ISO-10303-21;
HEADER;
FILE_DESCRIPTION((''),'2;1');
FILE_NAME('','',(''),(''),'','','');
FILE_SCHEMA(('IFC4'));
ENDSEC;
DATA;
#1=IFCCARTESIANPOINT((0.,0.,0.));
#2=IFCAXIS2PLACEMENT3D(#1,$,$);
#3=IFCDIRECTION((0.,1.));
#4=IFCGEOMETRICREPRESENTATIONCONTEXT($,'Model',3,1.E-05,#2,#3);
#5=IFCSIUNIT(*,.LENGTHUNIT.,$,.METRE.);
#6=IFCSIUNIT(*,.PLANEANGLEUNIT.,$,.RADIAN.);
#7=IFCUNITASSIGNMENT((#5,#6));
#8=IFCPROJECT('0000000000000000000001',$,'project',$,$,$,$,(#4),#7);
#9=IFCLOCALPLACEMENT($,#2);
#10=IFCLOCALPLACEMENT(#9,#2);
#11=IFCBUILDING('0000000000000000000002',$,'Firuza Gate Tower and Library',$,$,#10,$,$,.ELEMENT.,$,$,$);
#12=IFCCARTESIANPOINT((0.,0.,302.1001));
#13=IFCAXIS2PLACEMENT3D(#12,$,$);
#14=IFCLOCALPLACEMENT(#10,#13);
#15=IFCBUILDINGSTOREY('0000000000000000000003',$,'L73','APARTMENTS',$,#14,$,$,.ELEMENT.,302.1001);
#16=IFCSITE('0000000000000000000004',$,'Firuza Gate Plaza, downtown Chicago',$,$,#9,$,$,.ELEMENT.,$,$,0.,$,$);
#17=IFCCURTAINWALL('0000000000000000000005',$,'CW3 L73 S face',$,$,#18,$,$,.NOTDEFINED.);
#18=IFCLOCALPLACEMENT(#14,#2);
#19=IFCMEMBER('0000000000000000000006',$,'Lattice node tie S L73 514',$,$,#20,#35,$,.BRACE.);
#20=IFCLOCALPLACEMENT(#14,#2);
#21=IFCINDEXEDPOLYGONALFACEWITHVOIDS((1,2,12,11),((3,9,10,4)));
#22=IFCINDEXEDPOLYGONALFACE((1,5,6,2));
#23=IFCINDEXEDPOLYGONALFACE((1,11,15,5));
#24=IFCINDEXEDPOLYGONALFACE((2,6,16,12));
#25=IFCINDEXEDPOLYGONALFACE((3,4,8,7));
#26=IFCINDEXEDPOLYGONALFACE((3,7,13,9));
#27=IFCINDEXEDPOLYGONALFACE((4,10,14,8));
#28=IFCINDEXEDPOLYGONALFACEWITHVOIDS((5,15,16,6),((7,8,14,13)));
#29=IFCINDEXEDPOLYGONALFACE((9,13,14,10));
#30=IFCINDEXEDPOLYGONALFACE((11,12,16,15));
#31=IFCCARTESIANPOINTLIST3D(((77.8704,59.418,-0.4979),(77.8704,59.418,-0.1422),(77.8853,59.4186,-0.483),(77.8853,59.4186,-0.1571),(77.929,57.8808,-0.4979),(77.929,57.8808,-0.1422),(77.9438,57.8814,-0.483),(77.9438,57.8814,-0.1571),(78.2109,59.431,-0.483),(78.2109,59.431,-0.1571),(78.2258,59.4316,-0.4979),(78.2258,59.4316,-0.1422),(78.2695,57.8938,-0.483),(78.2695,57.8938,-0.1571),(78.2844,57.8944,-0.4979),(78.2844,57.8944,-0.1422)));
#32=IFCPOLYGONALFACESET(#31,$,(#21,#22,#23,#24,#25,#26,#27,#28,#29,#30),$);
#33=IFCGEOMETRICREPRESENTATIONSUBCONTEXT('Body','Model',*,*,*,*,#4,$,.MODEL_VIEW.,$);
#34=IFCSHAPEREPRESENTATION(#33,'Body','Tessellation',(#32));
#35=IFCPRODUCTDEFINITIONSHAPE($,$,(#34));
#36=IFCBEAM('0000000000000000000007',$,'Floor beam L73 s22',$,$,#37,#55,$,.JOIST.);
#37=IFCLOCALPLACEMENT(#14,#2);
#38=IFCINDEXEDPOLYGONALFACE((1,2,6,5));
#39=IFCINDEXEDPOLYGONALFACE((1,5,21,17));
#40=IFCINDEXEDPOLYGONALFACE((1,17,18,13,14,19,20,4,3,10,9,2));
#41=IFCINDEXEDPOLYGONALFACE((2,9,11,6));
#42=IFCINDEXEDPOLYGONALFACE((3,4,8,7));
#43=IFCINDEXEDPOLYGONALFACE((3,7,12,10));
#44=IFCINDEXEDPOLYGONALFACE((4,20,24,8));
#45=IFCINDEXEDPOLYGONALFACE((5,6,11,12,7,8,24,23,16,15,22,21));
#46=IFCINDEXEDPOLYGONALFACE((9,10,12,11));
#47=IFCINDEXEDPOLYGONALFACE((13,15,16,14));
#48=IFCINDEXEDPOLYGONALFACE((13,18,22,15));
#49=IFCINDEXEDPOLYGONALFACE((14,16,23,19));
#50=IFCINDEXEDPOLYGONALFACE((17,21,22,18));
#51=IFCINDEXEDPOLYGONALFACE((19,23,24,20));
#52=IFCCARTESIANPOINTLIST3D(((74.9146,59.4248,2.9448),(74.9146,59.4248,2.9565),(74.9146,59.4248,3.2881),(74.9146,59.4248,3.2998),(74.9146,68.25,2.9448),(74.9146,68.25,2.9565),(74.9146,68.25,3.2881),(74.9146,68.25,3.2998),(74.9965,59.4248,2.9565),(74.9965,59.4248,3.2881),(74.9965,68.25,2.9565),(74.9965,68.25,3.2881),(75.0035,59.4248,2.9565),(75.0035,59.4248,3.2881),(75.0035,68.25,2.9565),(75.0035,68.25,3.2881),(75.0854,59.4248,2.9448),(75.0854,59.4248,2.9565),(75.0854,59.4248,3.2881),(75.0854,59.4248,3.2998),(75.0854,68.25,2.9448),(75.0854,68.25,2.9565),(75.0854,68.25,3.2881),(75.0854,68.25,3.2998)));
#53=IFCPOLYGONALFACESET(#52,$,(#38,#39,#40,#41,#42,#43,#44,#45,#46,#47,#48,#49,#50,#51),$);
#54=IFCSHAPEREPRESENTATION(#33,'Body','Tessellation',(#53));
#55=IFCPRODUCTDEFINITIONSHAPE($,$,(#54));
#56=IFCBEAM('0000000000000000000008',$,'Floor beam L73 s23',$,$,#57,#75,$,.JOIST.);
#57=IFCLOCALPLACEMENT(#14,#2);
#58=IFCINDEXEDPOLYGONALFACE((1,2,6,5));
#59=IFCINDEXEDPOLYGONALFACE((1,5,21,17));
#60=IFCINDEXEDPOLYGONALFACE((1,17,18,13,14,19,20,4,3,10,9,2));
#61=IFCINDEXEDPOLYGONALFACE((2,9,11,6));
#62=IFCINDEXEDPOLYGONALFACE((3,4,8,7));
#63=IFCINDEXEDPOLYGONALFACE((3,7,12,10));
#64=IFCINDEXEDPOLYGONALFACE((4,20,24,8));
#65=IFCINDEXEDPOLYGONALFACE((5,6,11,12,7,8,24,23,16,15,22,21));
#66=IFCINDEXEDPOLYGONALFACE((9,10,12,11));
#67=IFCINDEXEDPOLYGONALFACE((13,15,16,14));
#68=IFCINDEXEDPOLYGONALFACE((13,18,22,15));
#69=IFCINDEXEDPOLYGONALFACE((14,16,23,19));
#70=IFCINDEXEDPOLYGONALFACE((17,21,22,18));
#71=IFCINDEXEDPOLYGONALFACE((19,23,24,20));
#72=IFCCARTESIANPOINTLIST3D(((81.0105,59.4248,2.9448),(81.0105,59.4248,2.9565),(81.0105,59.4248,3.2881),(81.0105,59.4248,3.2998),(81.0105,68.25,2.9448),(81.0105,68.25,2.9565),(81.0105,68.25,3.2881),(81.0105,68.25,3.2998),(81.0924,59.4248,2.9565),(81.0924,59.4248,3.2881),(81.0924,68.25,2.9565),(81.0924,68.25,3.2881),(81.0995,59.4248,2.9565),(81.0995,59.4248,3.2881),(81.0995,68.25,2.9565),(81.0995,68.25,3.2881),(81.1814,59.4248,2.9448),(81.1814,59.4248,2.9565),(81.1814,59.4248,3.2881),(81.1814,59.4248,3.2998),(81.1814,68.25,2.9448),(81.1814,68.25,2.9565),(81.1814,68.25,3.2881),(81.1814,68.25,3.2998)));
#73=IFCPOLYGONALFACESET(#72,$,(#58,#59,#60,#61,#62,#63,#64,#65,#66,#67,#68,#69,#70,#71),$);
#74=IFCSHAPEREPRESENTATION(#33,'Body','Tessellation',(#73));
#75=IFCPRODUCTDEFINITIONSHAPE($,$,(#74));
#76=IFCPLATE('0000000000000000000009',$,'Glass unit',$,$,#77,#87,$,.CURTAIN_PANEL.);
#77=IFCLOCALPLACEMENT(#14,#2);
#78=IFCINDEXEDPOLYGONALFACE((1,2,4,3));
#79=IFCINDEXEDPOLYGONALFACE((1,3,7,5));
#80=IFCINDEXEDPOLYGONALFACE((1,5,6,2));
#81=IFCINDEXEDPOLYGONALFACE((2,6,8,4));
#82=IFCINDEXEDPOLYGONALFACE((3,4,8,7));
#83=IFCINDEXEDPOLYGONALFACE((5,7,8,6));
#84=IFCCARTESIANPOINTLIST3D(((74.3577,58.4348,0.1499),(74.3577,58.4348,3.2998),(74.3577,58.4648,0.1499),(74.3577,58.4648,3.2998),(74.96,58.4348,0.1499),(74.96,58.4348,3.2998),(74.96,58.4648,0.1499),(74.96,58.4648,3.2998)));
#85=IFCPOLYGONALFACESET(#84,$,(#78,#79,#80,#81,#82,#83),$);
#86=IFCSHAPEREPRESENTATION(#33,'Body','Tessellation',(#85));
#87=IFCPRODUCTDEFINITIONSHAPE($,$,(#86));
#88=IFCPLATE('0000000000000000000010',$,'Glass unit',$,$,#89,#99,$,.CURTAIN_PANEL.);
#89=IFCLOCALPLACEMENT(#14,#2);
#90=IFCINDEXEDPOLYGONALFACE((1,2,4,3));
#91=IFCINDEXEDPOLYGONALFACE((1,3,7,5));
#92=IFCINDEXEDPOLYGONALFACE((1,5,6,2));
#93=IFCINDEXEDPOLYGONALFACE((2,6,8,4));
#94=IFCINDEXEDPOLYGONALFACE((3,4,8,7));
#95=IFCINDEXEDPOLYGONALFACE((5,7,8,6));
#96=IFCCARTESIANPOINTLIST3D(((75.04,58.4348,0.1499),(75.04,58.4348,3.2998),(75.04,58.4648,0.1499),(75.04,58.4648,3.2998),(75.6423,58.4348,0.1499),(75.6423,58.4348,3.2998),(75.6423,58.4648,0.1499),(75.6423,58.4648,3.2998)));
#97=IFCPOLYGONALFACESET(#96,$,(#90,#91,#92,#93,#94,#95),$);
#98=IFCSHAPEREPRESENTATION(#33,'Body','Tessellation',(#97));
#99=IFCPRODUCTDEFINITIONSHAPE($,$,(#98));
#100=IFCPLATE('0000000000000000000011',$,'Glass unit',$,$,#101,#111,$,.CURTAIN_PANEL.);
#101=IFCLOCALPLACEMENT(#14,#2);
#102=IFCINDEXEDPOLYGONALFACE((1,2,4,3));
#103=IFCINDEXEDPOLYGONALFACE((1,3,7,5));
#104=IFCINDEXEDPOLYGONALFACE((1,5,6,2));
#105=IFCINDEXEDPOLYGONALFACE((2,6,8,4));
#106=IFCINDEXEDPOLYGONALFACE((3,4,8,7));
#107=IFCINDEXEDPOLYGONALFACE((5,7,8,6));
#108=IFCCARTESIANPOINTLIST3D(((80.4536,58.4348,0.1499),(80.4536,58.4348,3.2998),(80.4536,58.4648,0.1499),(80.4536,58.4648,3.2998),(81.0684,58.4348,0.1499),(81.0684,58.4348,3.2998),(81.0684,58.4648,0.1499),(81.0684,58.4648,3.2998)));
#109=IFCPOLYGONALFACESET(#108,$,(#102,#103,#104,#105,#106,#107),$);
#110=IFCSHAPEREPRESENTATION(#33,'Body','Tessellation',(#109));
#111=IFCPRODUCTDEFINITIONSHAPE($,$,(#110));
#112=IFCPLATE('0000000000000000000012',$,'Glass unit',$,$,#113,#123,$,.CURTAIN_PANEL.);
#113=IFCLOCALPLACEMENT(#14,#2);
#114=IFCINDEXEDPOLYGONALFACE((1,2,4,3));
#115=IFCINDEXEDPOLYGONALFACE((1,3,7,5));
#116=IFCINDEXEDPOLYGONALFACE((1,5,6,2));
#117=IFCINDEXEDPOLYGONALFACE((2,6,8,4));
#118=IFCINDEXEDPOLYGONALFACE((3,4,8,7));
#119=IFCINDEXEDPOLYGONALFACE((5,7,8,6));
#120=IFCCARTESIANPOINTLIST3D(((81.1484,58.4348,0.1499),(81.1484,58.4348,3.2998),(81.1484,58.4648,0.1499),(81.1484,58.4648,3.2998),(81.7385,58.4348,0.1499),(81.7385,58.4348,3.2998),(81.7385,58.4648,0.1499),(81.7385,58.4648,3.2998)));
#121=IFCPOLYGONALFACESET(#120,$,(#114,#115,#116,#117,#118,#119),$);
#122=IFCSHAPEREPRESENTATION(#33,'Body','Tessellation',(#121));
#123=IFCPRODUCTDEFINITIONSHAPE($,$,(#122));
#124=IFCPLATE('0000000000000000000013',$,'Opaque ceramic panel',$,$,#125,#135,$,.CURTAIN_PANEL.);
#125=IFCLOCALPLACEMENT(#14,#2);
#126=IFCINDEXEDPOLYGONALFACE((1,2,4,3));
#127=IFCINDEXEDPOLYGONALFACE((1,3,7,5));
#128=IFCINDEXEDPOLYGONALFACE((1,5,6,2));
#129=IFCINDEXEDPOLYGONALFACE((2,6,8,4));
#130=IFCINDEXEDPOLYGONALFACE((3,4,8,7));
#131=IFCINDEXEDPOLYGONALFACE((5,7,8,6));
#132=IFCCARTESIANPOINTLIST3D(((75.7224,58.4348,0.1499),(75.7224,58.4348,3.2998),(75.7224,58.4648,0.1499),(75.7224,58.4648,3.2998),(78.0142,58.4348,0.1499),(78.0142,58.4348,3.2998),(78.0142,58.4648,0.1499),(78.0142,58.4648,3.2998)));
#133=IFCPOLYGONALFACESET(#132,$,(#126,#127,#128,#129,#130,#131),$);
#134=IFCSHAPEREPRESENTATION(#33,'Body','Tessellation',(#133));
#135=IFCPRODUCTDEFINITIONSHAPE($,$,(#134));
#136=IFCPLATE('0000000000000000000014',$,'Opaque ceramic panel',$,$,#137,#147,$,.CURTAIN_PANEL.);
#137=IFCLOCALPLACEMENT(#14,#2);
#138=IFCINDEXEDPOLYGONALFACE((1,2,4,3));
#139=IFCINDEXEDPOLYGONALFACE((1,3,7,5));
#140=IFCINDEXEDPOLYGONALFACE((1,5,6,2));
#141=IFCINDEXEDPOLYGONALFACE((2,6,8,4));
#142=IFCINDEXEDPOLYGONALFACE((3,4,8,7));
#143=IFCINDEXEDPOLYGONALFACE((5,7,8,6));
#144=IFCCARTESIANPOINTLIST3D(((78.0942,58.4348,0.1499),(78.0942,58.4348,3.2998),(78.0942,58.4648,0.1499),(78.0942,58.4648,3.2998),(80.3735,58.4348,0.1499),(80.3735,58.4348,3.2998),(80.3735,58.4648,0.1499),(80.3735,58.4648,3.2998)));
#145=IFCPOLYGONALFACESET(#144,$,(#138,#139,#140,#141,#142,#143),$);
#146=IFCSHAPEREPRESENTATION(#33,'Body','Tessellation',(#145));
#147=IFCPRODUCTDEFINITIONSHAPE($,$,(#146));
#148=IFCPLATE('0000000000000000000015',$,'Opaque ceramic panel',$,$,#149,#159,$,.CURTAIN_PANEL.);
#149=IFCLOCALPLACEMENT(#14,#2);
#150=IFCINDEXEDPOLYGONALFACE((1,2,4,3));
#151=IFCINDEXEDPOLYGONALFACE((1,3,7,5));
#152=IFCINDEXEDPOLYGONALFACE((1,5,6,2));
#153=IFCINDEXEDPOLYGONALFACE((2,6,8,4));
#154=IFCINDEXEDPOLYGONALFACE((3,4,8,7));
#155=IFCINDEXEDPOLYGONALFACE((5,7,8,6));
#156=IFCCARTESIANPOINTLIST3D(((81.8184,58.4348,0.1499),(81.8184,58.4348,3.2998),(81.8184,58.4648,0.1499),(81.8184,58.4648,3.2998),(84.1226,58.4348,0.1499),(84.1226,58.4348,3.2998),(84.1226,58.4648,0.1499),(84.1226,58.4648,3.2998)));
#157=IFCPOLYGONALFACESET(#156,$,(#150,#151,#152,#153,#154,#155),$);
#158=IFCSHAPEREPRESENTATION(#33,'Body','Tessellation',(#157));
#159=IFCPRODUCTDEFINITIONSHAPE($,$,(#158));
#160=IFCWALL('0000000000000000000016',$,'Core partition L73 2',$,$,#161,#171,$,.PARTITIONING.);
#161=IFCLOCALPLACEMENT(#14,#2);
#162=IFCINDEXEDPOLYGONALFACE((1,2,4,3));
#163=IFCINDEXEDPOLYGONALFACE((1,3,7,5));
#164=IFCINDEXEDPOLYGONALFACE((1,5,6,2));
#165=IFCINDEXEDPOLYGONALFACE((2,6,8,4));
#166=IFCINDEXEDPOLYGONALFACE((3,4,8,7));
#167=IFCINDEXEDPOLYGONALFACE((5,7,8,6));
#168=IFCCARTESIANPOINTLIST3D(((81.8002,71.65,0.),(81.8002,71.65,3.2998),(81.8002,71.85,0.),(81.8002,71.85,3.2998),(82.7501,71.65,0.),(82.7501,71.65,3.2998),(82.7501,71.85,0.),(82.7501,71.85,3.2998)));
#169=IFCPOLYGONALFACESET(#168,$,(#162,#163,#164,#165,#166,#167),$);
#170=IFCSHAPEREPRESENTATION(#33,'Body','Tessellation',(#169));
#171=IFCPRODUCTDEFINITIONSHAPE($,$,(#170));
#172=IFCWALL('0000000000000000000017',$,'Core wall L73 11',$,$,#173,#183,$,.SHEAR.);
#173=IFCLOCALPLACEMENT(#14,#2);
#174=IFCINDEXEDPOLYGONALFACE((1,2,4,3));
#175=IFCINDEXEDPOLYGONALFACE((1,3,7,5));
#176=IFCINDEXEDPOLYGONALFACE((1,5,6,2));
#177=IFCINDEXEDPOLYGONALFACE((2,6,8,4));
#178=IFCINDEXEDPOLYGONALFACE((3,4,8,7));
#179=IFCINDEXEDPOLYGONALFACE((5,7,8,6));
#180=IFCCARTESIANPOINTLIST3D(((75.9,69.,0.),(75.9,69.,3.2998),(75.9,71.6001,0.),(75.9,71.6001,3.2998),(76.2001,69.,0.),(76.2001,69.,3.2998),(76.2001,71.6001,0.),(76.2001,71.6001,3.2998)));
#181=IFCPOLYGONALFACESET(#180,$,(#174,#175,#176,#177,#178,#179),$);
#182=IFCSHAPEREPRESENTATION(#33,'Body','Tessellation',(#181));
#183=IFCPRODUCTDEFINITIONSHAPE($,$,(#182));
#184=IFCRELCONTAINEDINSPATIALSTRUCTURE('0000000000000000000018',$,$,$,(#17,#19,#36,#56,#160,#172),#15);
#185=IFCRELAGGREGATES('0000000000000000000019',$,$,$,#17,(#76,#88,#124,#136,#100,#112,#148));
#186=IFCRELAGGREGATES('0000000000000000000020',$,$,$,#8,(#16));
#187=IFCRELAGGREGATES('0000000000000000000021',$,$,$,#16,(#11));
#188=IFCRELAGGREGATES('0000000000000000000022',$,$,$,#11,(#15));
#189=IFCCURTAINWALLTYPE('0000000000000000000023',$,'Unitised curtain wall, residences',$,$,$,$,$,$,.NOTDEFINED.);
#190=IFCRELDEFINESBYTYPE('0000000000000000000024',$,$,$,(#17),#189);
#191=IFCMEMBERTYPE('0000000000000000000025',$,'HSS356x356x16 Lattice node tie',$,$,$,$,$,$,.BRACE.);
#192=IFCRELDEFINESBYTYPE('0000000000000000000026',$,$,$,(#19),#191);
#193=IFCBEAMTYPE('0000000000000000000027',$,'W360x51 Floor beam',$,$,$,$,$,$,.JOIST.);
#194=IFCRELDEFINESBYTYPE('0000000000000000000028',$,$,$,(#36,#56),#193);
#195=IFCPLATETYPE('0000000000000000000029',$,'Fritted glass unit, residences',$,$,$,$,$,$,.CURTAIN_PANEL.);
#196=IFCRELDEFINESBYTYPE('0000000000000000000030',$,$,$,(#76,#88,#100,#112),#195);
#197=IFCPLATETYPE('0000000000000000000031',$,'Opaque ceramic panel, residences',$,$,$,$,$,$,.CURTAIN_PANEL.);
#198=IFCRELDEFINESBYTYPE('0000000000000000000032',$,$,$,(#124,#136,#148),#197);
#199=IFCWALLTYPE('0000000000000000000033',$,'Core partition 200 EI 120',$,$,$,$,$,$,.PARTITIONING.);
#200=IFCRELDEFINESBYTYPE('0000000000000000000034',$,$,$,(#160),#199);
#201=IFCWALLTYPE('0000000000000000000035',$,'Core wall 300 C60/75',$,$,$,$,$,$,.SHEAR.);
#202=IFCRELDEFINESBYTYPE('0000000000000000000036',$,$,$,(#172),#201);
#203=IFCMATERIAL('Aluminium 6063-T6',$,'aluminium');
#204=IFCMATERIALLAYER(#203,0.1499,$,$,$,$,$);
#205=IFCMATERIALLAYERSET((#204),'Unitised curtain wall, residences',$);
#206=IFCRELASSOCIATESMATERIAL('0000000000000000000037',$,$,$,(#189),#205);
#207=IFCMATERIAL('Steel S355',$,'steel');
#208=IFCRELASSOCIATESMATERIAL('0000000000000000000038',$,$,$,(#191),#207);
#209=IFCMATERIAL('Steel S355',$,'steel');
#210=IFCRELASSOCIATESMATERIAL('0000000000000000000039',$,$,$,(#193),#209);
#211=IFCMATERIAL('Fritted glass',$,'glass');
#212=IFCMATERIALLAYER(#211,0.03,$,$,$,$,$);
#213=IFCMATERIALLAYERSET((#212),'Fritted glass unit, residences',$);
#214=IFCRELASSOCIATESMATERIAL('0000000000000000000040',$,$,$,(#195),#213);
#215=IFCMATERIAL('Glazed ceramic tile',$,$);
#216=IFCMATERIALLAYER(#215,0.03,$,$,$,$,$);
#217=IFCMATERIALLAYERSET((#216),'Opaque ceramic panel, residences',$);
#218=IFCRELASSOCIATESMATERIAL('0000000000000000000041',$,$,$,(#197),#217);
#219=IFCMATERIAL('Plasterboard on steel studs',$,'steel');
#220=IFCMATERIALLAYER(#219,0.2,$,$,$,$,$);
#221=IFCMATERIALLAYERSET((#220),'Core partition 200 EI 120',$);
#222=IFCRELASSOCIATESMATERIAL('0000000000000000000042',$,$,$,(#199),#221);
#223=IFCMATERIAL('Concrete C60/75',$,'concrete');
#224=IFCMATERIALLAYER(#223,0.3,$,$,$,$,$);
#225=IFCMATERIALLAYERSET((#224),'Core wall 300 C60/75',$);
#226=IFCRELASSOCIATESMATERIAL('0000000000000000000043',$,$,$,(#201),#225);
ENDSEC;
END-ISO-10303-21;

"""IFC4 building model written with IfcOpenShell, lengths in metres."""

from ifc_helpers import new_model, si_unit, direction, frame, frame_2d, origin, origin_2d, place, context, subcontext, project, spatial, polyline, rectangle, hollow_rectangle, i_section, outline, extrude, material, layer, layer_set, material_profile, profile_set, type_object, element, aggregate, save


model = new_model("IFC4")

# Units and contexts
model_context = context("Model", 3, precision=1e-05, world=origin(), true_north=direction((0.0, 1.0)))
body_context = subcontext(model_context, "Body", "Model", "MODEL_VIEW")
ifc_project = project(units=[si_unit("LENGTHUNIT", "METRE"), si_unit("PLANEANGLEUNIT", "RADIAN")], contexts=[model_context])

# Site, building, storey
site_placement = place(None, origin())
site = spatial("IfcSite", under=ifc_project, at=site_placement, Name="Firuza Gate Plaza, downtown Chicago", CompositionType="ELEMENT", RefElevation=0.0)
building_placement = place(site_placement, origin())
building = spatial("IfcBuilding", under=site, at=building_placement, Name="Firuza Gate Tower and Library", CompositionType="ELEMENT")
storey_placement = place(building_placement, frame((0.0, 0.0, 302.1001)))
storey = spatial("IfcBuildingStorey", under=building, at=storey_placement, Name="L73", Description="APARTMENTS", CompositionType="ELEMENT", Elevation=302.1001)

# Curtain wall
ifc_material_1 = material(Name="Aluminium 6063-T6", Category="aluminium")
ifc_layer_1 = layer(ifc_material_1, 0.1499)
ifc_layer_set_1 = layer_set([ifc_layer_1], Name="Unitised curtain wall, residences")
curtain_wall_type = type_object("IfcCurtainWallType", Name="Unitised curtain wall, residences", PredefinedType="NOTDEFINED", material=ifc_layer_set_1)
curtain_wall_placement = place(storey_placement, origin())
curtain_wall = element("IfcCurtainWall", 1, at=curtain_wall_placement, inside=storey, type_object=curtain_wall_type, Name="CW3 L73 S face", PredefinedType="NOTDEFINED")

# Member
ifc_material_2 = material(Name="Steel S355", Category="steel")
ifc_material_profile_1 = material_profile(ifc_material_2, hollow_rectangle(XDim=0.3557, YDim=0.3557, WallThickness=0.0149, at=origin_2d()))
ifc_profile_set_1 = profile_set([ifc_material_profile_1], Name="Steel S355")
member_type_1 = type_object("IfcMemberType", Name="HSS356x356x16 Lattice node tie", PredefinedType="BRACE", material=ifc_profile_set_1)
member_1_placement = place(storey_placement, frame((78.0481, 59.4248, -0.3201), z_axis=(0.038092, -0.999274, 0.0), x_axis=(0.999274, 0.038092, 0.0)))
element("IfcMember", 2, at=member_1_placement, inside=storey, type_object=member_type_1, Name="Lattice node tie S L73 514", PredefinedType="BRACE", context=body_context, shape_type="SweptSolid", body=[
    extrude(hollow_rectangle(XDim=0.3557, YDim=0.3557, WallThickness=0.0149, at=origin_2d()), origin(), (0.0, 0.0, 1.0), 1.5383),
])

# Beams
ifc_material_3 = material(Name="Steel S355", Category="steel")
ifc_material_profile_2 = material_profile(ifc_material_3, i_section(OverallWidth=0.1709, OverallDepth=0.355, WebThickness=0.0071, FlangeThickness=0.0117, at=origin_2d()))
ifc_profile_set_2 = profile_set([ifc_material_profile_2], Name="Steel S355")
beam_type = type_object("IfcBeamType", Name="W360x51 Floor beam", PredefinedType="JOIST", material=ifc_profile_set_2)
for number, where, z_axis, x_axis, name in (
    (3, (75.0, 59.4248, 3.1223), (0.0, 1.0, 0.0), (-1.0, 0.0, 0.0), "Floor beam L73 s22"),
    (4, (81.0959, 59.4248, 3.1223), (0.0, 1.0, 0.0), (-1.0, 0.0, 0.0), "Floor beam L73 s23"),
):
    element("IfcBeam", number, at=place(storey_placement, frame(where, z_axis=z_axis, x_axis=x_axis)), inside=storey, type_object=beam_type, Name=name, PredefinedType="JOIST", context=body_context, shape_type="SweptSolid", body=[
        extrude(i_section(OverallWidth=0.1709, OverallDepth=0.355, WebThickness=0.0071, FlangeThickness=0.0117, at=origin_2d()), origin(), (0.0, 0.0, 1.0), 8.8252),
    ])

# Plates
ifc_material_4 = material(Name="Fritted glass", Category="glass")
ifc_layer_2 = layer(ifc_material_4, 0.03)
ifc_layer_set_2 = layer_set([ifc_layer_2], Name="Fritted glass unit, residences")
plate_type_1 = type_object("IfcPlateType", Name="Fritted glass unit, residences", PredefinedType="CURTAIN_PANEL", material=ifc_layer_set_2)
plate_1_placement = place(storey_placement, frame((74.3577, 58.4348, 0.1499), z_axis=(0.0, -1.0, 0.0), x_axis=(1.0, 0.0, 0.0)))
plate_1 = element("IfcPlate", 5, at=plate_1_placement, type_object=plate_type_1, Name="Glass unit", PredefinedType="CURTAIN_PANEL", context=body_context, shape_type="SweptSolid", body=[
    extrude(outline(polyline([(0.0, 0.0), (0.6023, 0.0), (0.6023, 3.1499), (0.0, 3.1499), (0.0, 0.0)])), origin(), (0.0, 0.0, -1.0), 0.03),
])
plate_2_placement = place(storey_placement, frame((75.04, 58.4348, 0.1499), z_axis=(0.0, -1.0, 0.0), x_axis=(1.0, 0.0, 0.0)))
plate_2 = element("IfcPlate", 6, at=plate_2_placement, type_object=plate_type_1, Name="Glass unit", PredefinedType="CURTAIN_PANEL", context=body_context, shape_type="SweptSolid", body=[
    extrude(outline(polyline([(0.0, 0.0), (0.6023, 0.0), (0.6023, 3.1499), (0.0, 3.1499), (0.0, 0.0)])), origin(), (0.0, 0.0, -1.0), 0.03),
])
plate_3_placement = place(storey_placement, frame((80.4536, 58.4348, 0.1499), z_axis=(0.0, -1.0, 0.0), x_axis=(1.0, 0.0, 0.0)))
plate_3 = element("IfcPlate", 7, at=plate_3_placement, type_object=plate_type_1, Name="Glass unit", PredefinedType="CURTAIN_PANEL", context=body_context, shape_type="SweptSolid", body=[
    extrude(outline(polyline([(0.0, 0.0), (0.6147, 0.0), (0.6147, 3.1499), (0.0, 3.1499), (0.0, 0.0)])), origin(), (0.0, 0.0, -1.0), 0.03),
])
plate_4_placement = place(storey_placement, frame((81.1484, 58.4348, 0.1499), z_axis=(0.0, -1.0, 0.0), x_axis=(1.0, 0.0, 0.0)))
plate_4 = element("IfcPlate", 8, at=plate_4_placement, type_object=plate_type_1, Name="Glass unit", PredefinedType="CURTAIN_PANEL", context=body_context, shape_type="SweptSolid", body=[
    extrude(outline(polyline([(0.0, 0.0), (0.5901, 0.0), (0.5901, 3.1499), (0.0, 3.1499), (0.0, 0.0)])), origin(), (0.0, 0.0, -1.0), 0.03),
])
ifc_material_5 = material(Name="Glazed ceramic tile")
ifc_layer_3 = layer(ifc_material_5, 0.03)
ifc_layer_set_3 = layer_set([ifc_layer_3], Name="Opaque ceramic panel, residences")
plate_type_2 = type_object("IfcPlateType", Name="Opaque ceramic panel, residences", PredefinedType="CURTAIN_PANEL", material=ifc_layer_set_3)
plate_5_placement = place(storey_placement, frame((75.7224, 58.4348, 0.1499), z_axis=(0.0, -1.0, 0.0), x_axis=(1.0, 0.0, 0.0)))
plate_5 = element("IfcPlate", 9, at=plate_5_placement, type_object=plate_type_2, Name="Opaque ceramic panel", PredefinedType="CURTAIN_PANEL", context=body_context, shape_type="SweptSolid", body=[
    extrude(outline(polyline([(0.0, 0.0), (2.2917, 0.0), (2.2917, 3.1499), (0.0, 3.1499), (0.0, 0.0)])), origin(), (0.0, 0.0, -1.0), 0.03),
])
plate_6_placement = place(storey_placement, frame((78.0942, 58.4348, 0.1499), z_axis=(0.0, -1.0, 0.0), x_axis=(1.0, 0.0, 0.0)))
plate_6 = element("IfcPlate", 10, at=plate_6_placement, type_object=plate_type_2, Name="Opaque ceramic panel", PredefinedType="CURTAIN_PANEL", context=body_context, shape_type="SweptSolid", body=[
    extrude(outline(polyline([(0.0, 0.0), (2.2793, 0.0), (2.2793, 3.1499), (0.0, 3.1499), (0.0, 0.0)])), origin(), (0.0, 0.0, -1.0), 0.03),
])
plate_7_placement = place(storey_placement, frame((81.8184, 58.4348, 0.1499), z_axis=(0.0, -1.0, 0.0), x_axis=(1.0, 0.0, 0.0)))
plate_7 = element("IfcPlate", 11, at=plate_7_placement, type_object=plate_type_2, Name="Opaque ceramic panel", PredefinedType="CURTAIN_PANEL", context=body_context, shape_type="SweptSolid", body=[
    extrude(outline(polyline([(0.0, 0.0), (2.3042, 0.0), (2.3042, 3.1499), (0.0, 3.1499), (0.0, 0.0)])), origin(), (0.0, 0.0, -1.0), 0.03),
])
aggregate(curtain_wall, [plate_1, plate_2, plate_5, plate_6, plate_3, plate_4, plate_7])

# Walls
ifc_material_6 = material(Name="Plasterboard on steel studs", Category="steel")
ifc_layer_4 = layer(ifc_material_6, 0.2)
ifc_layer_set_4 = layer_set([ifc_layer_4], Name="Core partition 200 EI 120")
wall_type_1 = type_object("IfcWallType", Name="Core partition 200 EI 120", PredefinedType="PARTITIONING", material=ifc_layer_set_4)
wall_1_placement = place(storey_placement, frame((81.8, 71.75, 0.0), z_axis=(0.0, 0.0, 1.0), x_axis=(1.0, 0.0, 0.0)))
element("IfcWall", 12, at=wall_1_placement, inside=storey, type_object=wall_type_1, Name="Core partition L73 2", PredefinedType="PARTITIONING", context=body_context, shape_type="SweptSolid", body=[
    extrude(rectangle(XDim=0.95, YDim=0.2, at=frame_2d((0.4751, 0.0))), origin(), (0.0, 0.0, 1.0), 3.2998),
])
ifc_material_7 = material(Name="Concrete C60/75", Category="concrete")
ifc_layer_5 = layer(ifc_material_7, 0.3)
ifc_layer_set_5 = layer_set([ifc_layer_5], Name="Core wall 300 C60/75")
wall_type_2 = type_object("IfcWallType", Name="Core wall 300 C60/75", PredefinedType="SHEAR", material=ifc_layer_set_5)
for number, where, z_axis, x_axis, name in (
    (13, (76.05, 69.0, 0.0), (0.0, 0.0, 1.0), (0.0, 1.0, 0.0), "Core wall L73 11"),
):
    element("IfcWall", number, at=place(storey_placement, frame(where, z_axis=z_axis, x_axis=x_axis)), inside=storey, type_object=wall_type_2, Name=name, PredefinedType="SHEAR", context=body_context, shape_type="SweptSolid", body=[
        extrude(rectangle(XDim=2.6001, YDim=0.3, at=frame_2d((1.3, 0.0))), origin(), (0.0, 0.0, 1.0), 3.2998),
    ])

save(model, "model.ifc")
